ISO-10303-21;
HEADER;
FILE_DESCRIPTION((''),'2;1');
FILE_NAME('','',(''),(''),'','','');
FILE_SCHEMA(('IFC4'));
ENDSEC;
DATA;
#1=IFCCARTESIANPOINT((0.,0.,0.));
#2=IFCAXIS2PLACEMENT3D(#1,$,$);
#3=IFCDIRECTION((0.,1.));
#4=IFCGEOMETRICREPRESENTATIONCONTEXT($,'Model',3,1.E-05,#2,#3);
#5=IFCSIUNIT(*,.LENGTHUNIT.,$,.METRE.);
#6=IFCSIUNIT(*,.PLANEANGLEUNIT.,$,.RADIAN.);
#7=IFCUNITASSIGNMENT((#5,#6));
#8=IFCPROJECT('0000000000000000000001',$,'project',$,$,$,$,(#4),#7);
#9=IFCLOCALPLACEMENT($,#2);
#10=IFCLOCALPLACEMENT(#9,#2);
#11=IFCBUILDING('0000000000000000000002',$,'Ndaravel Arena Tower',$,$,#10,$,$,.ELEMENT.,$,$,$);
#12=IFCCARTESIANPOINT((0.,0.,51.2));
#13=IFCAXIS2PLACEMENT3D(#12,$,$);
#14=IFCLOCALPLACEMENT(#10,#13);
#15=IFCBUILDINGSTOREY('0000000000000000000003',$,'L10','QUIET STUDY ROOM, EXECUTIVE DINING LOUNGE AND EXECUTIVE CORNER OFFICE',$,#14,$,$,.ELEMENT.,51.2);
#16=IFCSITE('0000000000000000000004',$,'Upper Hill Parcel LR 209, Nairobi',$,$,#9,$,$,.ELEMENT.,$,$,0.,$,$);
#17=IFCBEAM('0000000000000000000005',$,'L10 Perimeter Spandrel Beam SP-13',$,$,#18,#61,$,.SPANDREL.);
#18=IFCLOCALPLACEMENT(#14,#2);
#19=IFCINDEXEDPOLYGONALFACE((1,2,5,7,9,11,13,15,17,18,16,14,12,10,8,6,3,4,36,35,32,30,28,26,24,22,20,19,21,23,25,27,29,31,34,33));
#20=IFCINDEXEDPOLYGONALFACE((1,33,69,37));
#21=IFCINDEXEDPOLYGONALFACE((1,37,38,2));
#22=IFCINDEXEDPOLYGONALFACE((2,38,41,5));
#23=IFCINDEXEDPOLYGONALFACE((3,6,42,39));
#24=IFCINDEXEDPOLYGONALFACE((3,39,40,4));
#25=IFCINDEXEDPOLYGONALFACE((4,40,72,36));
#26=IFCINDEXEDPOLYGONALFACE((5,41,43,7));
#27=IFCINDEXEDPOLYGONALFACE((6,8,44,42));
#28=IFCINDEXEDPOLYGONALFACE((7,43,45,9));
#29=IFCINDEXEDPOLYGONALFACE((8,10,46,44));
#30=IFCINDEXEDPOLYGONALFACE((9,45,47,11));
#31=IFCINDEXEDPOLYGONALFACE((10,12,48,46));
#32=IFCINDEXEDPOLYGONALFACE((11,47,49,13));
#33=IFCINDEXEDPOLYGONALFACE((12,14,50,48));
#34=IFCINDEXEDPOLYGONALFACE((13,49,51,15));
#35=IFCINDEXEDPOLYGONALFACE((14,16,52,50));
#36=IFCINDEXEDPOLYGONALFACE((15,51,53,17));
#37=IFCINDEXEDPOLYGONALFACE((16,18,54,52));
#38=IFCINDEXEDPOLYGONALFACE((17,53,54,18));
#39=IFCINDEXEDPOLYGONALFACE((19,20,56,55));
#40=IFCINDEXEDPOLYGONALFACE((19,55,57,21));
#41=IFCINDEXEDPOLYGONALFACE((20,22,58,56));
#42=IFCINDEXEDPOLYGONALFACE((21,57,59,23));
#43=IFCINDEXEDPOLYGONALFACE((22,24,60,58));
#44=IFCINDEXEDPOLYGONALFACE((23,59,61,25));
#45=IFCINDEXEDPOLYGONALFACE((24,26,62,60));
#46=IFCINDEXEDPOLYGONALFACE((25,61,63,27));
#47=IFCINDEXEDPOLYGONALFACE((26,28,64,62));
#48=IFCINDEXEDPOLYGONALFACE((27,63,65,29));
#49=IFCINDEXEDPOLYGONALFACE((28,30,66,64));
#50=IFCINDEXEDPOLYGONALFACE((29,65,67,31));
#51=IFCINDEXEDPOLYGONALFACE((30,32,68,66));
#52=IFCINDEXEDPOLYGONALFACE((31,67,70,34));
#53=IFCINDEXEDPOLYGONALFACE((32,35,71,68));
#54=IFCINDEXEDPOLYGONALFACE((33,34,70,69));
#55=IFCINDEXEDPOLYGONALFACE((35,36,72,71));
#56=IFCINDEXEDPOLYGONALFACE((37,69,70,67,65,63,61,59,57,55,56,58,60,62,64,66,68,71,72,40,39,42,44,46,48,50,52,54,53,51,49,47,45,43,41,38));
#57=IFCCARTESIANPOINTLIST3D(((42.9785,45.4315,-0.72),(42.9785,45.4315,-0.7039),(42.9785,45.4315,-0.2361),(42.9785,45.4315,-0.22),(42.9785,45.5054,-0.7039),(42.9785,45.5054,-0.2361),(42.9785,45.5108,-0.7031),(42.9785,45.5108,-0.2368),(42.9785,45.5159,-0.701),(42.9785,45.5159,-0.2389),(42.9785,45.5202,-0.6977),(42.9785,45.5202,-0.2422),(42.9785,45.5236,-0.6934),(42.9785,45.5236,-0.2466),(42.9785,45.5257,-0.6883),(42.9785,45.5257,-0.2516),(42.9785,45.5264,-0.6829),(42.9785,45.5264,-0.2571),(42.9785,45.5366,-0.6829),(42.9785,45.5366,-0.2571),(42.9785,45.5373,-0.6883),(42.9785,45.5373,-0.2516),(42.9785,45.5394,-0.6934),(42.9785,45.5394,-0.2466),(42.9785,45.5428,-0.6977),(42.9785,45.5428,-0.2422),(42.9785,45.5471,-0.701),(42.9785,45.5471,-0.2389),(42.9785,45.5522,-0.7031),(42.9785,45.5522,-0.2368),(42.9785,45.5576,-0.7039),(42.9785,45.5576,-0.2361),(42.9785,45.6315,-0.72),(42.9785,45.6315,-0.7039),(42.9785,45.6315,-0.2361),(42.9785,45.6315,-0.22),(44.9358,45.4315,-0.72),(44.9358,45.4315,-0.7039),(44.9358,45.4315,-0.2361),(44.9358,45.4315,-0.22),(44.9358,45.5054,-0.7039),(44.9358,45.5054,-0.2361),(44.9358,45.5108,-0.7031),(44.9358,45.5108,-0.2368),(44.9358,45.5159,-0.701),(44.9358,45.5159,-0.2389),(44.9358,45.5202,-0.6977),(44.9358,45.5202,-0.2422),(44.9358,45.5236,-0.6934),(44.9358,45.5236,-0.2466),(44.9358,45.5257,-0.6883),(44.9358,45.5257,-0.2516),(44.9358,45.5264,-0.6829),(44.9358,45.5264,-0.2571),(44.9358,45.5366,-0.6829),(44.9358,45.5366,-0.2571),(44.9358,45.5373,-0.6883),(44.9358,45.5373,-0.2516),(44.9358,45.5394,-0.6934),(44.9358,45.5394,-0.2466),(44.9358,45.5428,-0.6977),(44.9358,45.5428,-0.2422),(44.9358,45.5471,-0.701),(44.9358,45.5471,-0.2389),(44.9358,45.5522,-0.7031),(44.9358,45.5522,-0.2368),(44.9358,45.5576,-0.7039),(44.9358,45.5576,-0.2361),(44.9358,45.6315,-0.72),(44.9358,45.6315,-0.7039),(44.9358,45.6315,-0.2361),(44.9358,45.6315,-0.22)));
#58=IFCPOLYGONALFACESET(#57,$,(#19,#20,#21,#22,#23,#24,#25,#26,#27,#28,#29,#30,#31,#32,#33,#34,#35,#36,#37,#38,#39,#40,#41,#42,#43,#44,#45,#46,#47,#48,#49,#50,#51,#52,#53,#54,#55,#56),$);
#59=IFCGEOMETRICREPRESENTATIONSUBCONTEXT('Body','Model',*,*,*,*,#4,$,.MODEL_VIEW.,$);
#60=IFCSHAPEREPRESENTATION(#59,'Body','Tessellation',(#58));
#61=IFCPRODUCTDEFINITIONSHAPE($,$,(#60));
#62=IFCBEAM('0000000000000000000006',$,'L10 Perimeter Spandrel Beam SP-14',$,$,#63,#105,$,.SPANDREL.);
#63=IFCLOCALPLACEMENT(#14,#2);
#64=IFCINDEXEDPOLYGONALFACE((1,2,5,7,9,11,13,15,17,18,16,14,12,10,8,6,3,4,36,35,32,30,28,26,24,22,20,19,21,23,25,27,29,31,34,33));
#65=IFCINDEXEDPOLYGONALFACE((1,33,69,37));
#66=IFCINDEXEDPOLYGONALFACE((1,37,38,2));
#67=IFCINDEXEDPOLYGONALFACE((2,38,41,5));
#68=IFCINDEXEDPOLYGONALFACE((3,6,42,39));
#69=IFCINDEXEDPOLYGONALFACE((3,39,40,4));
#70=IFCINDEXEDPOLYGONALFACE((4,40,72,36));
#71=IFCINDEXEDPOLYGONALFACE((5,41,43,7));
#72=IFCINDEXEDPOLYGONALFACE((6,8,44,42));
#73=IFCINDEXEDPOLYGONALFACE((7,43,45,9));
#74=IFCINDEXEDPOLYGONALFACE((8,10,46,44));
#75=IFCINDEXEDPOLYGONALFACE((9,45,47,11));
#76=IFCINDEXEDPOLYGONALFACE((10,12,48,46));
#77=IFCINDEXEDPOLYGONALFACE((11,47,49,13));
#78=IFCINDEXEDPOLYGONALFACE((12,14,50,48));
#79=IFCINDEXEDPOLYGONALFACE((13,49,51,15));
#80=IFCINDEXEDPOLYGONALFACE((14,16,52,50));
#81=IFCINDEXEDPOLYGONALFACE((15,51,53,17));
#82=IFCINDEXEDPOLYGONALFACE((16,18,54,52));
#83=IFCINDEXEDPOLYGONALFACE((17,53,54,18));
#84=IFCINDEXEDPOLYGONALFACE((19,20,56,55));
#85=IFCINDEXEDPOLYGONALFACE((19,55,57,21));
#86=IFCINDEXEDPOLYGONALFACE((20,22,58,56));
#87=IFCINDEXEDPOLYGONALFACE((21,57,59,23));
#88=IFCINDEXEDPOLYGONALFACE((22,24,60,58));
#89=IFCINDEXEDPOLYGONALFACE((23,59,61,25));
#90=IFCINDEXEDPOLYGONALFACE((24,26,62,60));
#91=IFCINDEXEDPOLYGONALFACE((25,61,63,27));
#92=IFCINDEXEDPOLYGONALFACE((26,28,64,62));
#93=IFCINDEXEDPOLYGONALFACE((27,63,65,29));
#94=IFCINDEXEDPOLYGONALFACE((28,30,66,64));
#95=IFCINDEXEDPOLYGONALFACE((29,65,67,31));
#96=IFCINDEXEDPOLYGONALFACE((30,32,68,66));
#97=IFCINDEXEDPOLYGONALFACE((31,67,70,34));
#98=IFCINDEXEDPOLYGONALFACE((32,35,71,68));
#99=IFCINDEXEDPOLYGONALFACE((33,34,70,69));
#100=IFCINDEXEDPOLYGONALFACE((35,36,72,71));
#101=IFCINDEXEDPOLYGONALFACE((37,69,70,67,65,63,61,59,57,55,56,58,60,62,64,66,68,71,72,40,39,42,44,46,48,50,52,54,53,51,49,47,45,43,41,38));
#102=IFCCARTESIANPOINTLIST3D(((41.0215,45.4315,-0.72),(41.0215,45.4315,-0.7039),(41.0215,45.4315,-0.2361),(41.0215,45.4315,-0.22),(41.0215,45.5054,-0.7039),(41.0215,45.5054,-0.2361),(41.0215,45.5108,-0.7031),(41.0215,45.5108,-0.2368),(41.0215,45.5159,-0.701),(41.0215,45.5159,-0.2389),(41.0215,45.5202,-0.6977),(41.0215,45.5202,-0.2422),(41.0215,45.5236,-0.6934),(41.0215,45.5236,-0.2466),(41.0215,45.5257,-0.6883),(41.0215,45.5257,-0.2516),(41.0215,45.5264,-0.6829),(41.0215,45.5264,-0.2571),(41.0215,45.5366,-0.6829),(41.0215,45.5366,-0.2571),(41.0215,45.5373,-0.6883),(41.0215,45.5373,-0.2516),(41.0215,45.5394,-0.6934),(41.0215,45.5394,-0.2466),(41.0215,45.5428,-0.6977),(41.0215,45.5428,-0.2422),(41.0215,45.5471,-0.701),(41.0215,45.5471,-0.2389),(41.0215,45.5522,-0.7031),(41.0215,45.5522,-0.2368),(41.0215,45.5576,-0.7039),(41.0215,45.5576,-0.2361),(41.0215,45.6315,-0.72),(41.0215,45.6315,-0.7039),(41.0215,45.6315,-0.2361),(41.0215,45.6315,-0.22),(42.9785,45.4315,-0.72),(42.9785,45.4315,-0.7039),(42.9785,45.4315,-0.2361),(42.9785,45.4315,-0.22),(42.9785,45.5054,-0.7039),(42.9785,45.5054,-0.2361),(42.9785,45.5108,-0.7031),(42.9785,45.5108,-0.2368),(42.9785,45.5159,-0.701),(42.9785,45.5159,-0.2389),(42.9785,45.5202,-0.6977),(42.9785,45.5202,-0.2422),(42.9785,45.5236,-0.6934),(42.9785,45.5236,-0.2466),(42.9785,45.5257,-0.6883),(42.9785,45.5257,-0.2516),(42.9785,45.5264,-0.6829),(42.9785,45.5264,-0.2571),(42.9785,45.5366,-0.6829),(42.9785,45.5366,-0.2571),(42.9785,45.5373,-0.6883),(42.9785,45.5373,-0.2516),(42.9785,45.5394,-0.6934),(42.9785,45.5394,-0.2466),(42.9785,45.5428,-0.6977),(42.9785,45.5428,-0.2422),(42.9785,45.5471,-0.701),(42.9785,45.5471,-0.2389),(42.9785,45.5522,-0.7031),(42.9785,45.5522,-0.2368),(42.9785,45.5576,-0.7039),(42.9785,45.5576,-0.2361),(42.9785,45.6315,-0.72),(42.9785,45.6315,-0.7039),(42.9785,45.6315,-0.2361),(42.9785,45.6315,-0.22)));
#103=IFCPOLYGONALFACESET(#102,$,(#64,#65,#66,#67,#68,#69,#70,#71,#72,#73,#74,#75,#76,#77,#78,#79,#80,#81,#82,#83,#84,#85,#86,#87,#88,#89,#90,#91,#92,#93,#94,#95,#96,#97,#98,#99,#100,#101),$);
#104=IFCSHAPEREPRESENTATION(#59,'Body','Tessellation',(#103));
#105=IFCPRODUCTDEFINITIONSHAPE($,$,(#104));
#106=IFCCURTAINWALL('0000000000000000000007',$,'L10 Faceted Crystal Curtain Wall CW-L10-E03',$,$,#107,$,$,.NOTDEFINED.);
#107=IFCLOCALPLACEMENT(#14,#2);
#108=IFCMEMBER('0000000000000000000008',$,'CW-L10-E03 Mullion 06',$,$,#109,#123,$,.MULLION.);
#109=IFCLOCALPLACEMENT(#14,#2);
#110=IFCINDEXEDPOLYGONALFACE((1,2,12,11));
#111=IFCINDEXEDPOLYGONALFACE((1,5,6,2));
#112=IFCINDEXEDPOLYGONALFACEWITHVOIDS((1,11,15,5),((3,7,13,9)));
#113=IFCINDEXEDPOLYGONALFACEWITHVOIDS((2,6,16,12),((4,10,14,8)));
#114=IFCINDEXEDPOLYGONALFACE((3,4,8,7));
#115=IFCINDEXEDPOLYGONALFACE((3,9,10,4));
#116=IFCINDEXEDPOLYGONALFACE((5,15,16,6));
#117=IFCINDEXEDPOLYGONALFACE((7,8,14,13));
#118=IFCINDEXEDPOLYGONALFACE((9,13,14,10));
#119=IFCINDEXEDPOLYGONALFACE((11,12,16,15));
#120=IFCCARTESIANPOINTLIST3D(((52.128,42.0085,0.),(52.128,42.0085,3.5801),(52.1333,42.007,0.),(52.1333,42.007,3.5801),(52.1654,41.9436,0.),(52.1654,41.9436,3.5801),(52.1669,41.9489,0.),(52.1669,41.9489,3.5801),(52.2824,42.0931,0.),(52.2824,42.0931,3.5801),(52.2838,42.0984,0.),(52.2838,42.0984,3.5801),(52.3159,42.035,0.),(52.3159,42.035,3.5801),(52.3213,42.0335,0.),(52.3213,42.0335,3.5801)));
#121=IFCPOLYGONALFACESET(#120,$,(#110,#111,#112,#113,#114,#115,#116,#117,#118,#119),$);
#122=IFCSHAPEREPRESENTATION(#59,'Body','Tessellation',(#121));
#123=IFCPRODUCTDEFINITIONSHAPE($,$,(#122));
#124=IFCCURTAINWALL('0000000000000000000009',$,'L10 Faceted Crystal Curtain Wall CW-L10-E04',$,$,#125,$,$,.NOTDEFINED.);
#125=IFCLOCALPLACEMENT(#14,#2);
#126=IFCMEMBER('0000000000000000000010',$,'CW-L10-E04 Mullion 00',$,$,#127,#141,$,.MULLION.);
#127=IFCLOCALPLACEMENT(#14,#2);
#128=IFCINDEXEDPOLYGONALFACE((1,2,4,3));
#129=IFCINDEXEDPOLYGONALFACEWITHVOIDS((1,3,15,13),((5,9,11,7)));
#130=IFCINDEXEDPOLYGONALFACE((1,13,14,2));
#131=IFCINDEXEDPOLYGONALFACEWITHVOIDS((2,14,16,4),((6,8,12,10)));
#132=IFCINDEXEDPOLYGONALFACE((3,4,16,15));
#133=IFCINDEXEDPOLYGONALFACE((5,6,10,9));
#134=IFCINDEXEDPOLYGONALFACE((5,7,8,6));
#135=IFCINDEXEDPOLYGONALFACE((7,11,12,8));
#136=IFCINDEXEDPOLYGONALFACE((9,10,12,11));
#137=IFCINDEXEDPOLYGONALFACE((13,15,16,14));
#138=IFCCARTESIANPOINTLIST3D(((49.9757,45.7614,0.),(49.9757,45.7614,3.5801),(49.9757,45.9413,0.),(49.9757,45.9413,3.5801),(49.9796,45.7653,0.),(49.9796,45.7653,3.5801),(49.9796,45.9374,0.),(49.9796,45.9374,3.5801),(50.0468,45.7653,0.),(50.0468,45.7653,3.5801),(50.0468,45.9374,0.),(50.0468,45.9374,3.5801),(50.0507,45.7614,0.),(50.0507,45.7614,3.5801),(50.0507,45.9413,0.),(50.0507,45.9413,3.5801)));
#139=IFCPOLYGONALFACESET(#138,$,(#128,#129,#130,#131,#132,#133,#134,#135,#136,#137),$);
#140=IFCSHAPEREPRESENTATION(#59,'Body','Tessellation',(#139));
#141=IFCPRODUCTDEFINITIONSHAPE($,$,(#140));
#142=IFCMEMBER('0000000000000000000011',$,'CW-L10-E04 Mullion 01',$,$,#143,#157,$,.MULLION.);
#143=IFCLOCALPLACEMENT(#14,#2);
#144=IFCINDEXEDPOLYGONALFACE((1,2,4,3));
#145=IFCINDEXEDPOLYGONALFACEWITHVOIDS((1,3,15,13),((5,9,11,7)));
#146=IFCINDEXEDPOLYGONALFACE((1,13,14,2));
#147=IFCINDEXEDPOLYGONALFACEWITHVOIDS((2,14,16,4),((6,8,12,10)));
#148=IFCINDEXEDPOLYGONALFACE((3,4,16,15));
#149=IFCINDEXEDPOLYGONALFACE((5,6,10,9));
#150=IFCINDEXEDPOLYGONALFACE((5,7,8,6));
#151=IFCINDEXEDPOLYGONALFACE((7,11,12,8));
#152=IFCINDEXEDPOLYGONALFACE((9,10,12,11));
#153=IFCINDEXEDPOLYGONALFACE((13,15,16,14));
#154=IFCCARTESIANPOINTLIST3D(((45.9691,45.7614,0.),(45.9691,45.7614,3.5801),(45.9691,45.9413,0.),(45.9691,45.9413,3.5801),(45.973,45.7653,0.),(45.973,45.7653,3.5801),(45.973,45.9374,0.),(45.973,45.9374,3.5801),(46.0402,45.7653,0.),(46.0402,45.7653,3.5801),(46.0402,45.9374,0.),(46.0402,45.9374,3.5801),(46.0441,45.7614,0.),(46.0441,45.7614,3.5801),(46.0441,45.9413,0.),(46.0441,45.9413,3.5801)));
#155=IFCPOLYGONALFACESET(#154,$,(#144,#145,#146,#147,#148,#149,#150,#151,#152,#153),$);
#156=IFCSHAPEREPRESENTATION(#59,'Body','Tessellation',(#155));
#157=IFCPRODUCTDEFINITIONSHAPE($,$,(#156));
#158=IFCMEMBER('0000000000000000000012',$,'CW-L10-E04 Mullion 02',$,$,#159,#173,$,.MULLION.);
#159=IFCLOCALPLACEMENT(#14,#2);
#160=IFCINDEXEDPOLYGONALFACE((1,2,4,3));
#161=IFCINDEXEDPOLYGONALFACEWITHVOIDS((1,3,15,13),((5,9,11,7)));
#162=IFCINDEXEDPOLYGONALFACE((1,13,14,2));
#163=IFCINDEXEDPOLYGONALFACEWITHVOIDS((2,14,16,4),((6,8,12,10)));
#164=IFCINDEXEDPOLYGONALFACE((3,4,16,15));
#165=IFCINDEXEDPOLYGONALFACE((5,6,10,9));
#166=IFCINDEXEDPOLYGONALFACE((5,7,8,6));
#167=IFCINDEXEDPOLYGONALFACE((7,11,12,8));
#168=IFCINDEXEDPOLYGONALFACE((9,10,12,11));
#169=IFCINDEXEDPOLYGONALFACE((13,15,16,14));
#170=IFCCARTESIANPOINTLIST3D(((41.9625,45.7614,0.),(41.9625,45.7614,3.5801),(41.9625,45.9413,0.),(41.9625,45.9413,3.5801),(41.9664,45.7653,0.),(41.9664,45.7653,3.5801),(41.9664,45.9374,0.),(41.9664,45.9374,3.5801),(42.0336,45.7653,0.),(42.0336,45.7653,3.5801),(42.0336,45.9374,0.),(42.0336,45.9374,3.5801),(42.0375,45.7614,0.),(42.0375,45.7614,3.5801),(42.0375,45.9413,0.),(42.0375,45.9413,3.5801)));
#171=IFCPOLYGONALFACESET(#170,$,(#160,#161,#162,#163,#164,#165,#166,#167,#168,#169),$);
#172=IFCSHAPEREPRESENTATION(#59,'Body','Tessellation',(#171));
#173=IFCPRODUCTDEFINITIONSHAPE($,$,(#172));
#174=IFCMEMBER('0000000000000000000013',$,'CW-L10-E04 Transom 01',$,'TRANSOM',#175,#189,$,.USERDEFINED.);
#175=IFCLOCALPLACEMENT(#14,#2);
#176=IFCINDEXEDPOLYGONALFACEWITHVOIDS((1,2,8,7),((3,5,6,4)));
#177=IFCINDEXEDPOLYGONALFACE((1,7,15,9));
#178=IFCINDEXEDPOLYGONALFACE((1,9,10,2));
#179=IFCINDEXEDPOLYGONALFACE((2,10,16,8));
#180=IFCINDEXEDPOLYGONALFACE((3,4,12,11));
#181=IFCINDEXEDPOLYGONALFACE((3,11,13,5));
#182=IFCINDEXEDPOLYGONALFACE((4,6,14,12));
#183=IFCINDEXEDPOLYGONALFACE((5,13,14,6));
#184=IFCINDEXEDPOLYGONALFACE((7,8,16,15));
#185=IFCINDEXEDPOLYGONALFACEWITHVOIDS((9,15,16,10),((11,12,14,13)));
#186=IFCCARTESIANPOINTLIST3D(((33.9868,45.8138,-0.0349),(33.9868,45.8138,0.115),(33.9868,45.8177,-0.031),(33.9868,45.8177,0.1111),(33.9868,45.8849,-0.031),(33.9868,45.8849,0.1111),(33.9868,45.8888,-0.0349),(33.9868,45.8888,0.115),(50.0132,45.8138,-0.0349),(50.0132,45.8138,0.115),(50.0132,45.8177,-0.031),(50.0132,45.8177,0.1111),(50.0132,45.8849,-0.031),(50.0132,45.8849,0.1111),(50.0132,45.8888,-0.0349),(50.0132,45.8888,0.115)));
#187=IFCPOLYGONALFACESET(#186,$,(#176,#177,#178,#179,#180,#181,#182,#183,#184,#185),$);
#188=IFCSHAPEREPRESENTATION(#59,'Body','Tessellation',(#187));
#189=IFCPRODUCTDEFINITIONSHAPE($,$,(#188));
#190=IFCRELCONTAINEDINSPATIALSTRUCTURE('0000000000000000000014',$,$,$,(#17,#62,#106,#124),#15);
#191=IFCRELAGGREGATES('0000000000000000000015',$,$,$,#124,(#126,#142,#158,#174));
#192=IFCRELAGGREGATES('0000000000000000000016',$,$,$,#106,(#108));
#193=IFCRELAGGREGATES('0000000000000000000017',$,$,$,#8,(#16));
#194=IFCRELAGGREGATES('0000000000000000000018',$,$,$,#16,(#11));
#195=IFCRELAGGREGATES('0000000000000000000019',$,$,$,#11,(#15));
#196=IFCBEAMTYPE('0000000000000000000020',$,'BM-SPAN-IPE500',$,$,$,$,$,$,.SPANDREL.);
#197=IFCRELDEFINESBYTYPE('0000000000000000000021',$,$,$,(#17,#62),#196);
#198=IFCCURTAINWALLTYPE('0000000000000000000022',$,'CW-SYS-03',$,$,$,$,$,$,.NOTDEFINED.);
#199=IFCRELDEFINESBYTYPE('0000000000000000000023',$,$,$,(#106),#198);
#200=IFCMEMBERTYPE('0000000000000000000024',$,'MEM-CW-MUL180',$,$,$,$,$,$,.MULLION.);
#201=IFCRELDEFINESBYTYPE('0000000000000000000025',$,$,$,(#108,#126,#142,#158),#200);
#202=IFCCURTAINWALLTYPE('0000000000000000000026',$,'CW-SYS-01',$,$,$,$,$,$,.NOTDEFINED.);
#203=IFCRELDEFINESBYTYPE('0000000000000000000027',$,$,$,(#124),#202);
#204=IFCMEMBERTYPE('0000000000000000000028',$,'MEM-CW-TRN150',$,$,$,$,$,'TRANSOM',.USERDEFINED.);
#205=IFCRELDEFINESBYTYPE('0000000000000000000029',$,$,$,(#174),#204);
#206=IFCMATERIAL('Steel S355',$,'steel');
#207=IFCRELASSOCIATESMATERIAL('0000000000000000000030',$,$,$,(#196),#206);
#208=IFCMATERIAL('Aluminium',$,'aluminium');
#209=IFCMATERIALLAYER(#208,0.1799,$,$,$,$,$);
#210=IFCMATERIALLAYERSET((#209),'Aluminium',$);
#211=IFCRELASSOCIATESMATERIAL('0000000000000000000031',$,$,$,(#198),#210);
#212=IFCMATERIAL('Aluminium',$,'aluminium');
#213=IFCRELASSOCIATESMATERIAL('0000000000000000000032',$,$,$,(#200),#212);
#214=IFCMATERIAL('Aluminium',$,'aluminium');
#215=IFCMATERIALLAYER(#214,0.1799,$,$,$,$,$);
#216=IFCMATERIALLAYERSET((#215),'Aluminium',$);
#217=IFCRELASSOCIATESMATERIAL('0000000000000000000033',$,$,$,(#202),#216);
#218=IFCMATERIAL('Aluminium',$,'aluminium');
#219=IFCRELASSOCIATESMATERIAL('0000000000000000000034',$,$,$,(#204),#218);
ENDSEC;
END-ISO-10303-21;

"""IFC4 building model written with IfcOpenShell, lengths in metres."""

from ifc_helpers import new_model, si_unit, direction, frame, origin, origin_2d, place, context, subcontext, project, spatial, hollow_rectangle, i_section, extrude, material, layer, layer_set, material_profile, profile_set, type_object, element, aggregate, save


model = new_model("IFC4")

# Units and contexts
model_context = context("Model", 3, precision=1e-05, world=origin(), true_north=direction((0.0, 1.0)))
body_context = subcontext(model_context, "Body", "Model", "MODEL_VIEW")
ifc_project = project(units=[si_unit("LENGTHUNIT", "METRE"), si_unit("PLANEANGLEUNIT", "RADIAN")], contexts=[model_context])

# Site, building, storey
site_placement = place(None, origin())
site = spatial("IfcSite", under=ifc_project, at=site_placement, Name="Upper Hill Parcel LR 209, Nairobi", CompositionType="ELEMENT", RefElevation=0.0)
building_placement = place(site_placement, origin())
building = spatial("IfcBuilding", under=site, at=building_placement, Name="Ndaravel Arena Tower", CompositionType="ELEMENT")
storey_placement = place(building_placement, frame((0.0, 0.0, 51.2)))
storey = spatial("IfcBuildingStorey", under=building, at=storey_placement, Name="L10", Description="QUIET STUDY ROOM, EXECUTIVE DINING LOUNGE AND EXECUTIVE CORNER OFFICE", CompositionType="ELEMENT", Elevation=51.2)

# Beams
ifc_material_1 = material(Name="Steel S355", Category="steel")
ifc_material_profile_1 = material_profile(ifc_material_1, i_section(OverallWidth=0.2, OverallDepth=0.5, WebThickness=0.0103, FlangeThickness=0.0161, FilletRadius=0.021, at=origin_2d()), Name="IPE 500")
ifc_profile_set_1 = profile_set([ifc_material_profile_1], Name="Steel S355")
beam_type_1 = type_object("IfcBeamType", Name="BM-SPAN-IPE500", PredefinedType="SPANDREL", material=ifc_profile_set_1)
beam_1_placement = place(storey_placement, frame((44.9358, 45.5315, -0.47), z_axis=(-1.0, 0.0, 0.0), x_axis=(0.0, -1.0, 0.0)))
element("IfcBeam", 1, at=beam_1_placement, inside=storey, type_object=beam_type_1, Name="L10 Perimeter Spandrel Beam SP-13", PredefinedType="SPANDREL", context=body_context, shape_type="SweptSolid", body=[
    extrude(i_section(OverallWidth=0.2, OverallDepth=0.5, WebThickness=0.0103, FlangeThickness=0.0161, FilletRadius=0.021, at=origin_2d()), origin(), (0.0, 0.0, 1.0), 1.9573),
])
beam_2_placement = place(storey_placement, frame((42.9785, 45.5315, -0.47), z_axis=(-1.0, 0.0, 0.0), x_axis=(0.0, -1.0, 0.0)))
element("IfcBeam", 2, at=beam_2_placement, inside=storey, type_object=beam_type_1, Name="L10 Perimeter Spandrel Beam SP-14", PredefinedType="SPANDREL", context=body_context, shape_type="SweptSolid", body=[
    extrude(i_section(OverallWidth=0.2, OverallDepth=0.5, WebThickness=0.0103, FlangeThickness=0.0161, FilletRadius=0.021, at=origin_2d()), origin(), (0.0, 0.0, 1.0), 1.957),
])

# Curtain wall, member
ifc_material_2 = material(Name="Aluminium", Category="aluminium")
ifc_layer_1 = layer(ifc_material_2, 0.1799)
ifc_layer_set_1 = layer_set([ifc_layer_1], Name="Aluminium")
curtain_wall_type_1 = type_object("IfcCurtainWallType", Name="CW-SYS-03", PredefinedType="NOTDEFINED", material=ifc_layer_set_1)
curtain_wall_1_placement = place(storey_placement, origin())
curtain_wall_1 = element("IfcCurtainWall", 3, at=curtain_wall_1_placement, inside=storey, type_object=curtain_wall_type_1, Name="L10 Faceted Crystal Curtain Wall CW-L10-E03", PredefinedType="NOTDEFINED")
ifc_material_3 = material(Name="Aluminium", Category="aluminium")
ifc_material_profile_2 = material_profile(ifc_material_3, hollow_rectangle(XDim=0.075, YDim=0.1799, WallThickness=0.0039, at=origin_2d()), Name="CW MULLION 75x180x4")
ifc_profile_set_2 = profile_set([ifc_material_profile_2], Name="Aluminium")
member_type_1 = type_object("IfcMemberType", Name="MEM-CW-MUL180", PredefinedType="MULLION", material=ifc_profile_set_2)
member_1_placement = place(storey_placement, frame((52.2246, 42.021, 0.0), z_axis=(0.0, 0.0, 1.0), x_axis=(-0.5, 0.866025, 0.0)))
member_1 = element("IfcMember", 4, at=member_1_placement, type_object=member_type_1, Name="CW-L10-E03 Mullion 06", PredefinedType="MULLION", context=body_context, shape_type="SweptSolid", body=[
    extrude(hollow_rectangle(XDim=0.075, YDim=0.1799, WallThickness=0.0039, at=origin_2d()), origin(), (0.0, 0.0, 1.0), 3.5801),
])

# Curtain wall, members
ifc_material_4 = material(Name="Aluminium", Category="aluminium")
ifc_layer_2 = layer(ifc_material_4, 0.1799)
ifc_layer_set_2 = layer_set([ifc_layer_2], Name="Aluminium")
curtain_wall_type_2 = type_object("IfcCurtainWallType", Name="CW-SYS-01", PredefinedType="NOTDEFINED", material=ifc_layer_set_2)
curtain_wall_2_placement = place(storey_placement, origin())
curtain_wall_2 = element("IfcCurtainWall", 5, at=curtain_wall_2_placement, inside=storey, type_object=curtain_wall_type_2, Name="L10 Faceted Crystal Curtain Wall CW-L10-E04", PredefinedType="NOTDEFINED")
member_2_placement = place(storey_placement, frame((50.0132, 45.8513, 0.0), z_axis=(0.0, 0.0, 1.0), x_axis=(-1.0, 0.0, 0.0)))
member_2 = element("IfcMember", 6, at=member_2_placement, type_object=member_type_1, Name="CW-L10-E04 Mullion 00", PredefinedType="MULLION", context=body_context, shape_type="SweptSolid", body=[
    extrude(hollow_rectangle(XDim=0.075, YDim=0.1799, WallThickness=0.0039, at=origin_2d()), origin(), (0.0, 0.0, 1.0), 3.5801),
])
member_3_placement = place(storey_placement, frame((46.0066, 45.8513, 0.0), z_axis=(0.0, 0.0, 1.0), x_axis=(-1.0, 0.0, 0.0)))
member_3 = element("IfcMember", 7, at=member_3_placement, type_object=member_type_1, Name="CW-L10-E04 Mullion 01", PredefinedType="MULLION", context=body_context, shape_type="SweptSolid", body=[
    extrude(hollow_rectangle(XDim=0.075, YDim=0.1799, WallThickness=0.0039, at=origin_2d()), origin(), (0.0, 0.0, 1.0), 3.5801),
])
member_4_placement = place(storey_placement, frame((42.0, 45.8513, 0.0), z_axis=(0.0, 0.0, 1.0), x_axis=(-1.0, 0.0, 0.0)))
member_4 = element("IfcMember", 8, at=member_4_placement, type_object=member_type_1, Name="CW-L10-E04 Mullion 02", PredefinedType="MULLION", context=body_context, shape_type="SweptSolid", body=[
    extrude(hollow_rectangle(XDim=0.075, YDim=0.1799, WallThickness=0.0039, at=origin_2d()), origin(), (0.0, 0.0, 1.0), 3.5801),
])
ifc_material_5 = material(Name="Aluminium", Category="aluminium")
ifc_material_profile_3 = material_profile(ifc_material_5, hollow_rectangle(XDim=0.075, YDim=0.1499, WallThickness=0.0039, at=origin_2d()), Name="CW TRANSOM 75x150x4")
ifc_profile_set_3 = profile_set([ifc_material_profile_3], Name="Aluminium")
member_type_2 = type_object("IfcMemberType", Name="MEM-CW-TRN150", ElementType="TRANSOM", PredefinedType="USERDEFINED", material=ifc_profile_set_3)
member_5_placement = place(storey_placement, frame((50.0132, 45.8513, 0.04), z_axis=(-1.0, 0.0, 0.0), x_axis=(0.0, -1.0, 0.0)))
member_5 = element("IfcMember", 9, at=member_5_placement, type_object=member_type_2, Name="CW-L10-E04 Transom 01", ObjectType="TRANSOM", PredefinedType="USERDEFINED", context=body_context, shape_type="SweptSolid", body=[
    extrude(hollow_rectangle(XDim=0.075, YDim=0.1499, WallThickness=0.0039, at=origin_2d()), origin(), (0.0, 0.0, 1.0), 16.0264),
])
aggregate(curtain_wall_2, [member_2, member_3, member_4, member_5])

aggregate(curtain_wall_1, [member_1])

save(model, "model.ifc")
